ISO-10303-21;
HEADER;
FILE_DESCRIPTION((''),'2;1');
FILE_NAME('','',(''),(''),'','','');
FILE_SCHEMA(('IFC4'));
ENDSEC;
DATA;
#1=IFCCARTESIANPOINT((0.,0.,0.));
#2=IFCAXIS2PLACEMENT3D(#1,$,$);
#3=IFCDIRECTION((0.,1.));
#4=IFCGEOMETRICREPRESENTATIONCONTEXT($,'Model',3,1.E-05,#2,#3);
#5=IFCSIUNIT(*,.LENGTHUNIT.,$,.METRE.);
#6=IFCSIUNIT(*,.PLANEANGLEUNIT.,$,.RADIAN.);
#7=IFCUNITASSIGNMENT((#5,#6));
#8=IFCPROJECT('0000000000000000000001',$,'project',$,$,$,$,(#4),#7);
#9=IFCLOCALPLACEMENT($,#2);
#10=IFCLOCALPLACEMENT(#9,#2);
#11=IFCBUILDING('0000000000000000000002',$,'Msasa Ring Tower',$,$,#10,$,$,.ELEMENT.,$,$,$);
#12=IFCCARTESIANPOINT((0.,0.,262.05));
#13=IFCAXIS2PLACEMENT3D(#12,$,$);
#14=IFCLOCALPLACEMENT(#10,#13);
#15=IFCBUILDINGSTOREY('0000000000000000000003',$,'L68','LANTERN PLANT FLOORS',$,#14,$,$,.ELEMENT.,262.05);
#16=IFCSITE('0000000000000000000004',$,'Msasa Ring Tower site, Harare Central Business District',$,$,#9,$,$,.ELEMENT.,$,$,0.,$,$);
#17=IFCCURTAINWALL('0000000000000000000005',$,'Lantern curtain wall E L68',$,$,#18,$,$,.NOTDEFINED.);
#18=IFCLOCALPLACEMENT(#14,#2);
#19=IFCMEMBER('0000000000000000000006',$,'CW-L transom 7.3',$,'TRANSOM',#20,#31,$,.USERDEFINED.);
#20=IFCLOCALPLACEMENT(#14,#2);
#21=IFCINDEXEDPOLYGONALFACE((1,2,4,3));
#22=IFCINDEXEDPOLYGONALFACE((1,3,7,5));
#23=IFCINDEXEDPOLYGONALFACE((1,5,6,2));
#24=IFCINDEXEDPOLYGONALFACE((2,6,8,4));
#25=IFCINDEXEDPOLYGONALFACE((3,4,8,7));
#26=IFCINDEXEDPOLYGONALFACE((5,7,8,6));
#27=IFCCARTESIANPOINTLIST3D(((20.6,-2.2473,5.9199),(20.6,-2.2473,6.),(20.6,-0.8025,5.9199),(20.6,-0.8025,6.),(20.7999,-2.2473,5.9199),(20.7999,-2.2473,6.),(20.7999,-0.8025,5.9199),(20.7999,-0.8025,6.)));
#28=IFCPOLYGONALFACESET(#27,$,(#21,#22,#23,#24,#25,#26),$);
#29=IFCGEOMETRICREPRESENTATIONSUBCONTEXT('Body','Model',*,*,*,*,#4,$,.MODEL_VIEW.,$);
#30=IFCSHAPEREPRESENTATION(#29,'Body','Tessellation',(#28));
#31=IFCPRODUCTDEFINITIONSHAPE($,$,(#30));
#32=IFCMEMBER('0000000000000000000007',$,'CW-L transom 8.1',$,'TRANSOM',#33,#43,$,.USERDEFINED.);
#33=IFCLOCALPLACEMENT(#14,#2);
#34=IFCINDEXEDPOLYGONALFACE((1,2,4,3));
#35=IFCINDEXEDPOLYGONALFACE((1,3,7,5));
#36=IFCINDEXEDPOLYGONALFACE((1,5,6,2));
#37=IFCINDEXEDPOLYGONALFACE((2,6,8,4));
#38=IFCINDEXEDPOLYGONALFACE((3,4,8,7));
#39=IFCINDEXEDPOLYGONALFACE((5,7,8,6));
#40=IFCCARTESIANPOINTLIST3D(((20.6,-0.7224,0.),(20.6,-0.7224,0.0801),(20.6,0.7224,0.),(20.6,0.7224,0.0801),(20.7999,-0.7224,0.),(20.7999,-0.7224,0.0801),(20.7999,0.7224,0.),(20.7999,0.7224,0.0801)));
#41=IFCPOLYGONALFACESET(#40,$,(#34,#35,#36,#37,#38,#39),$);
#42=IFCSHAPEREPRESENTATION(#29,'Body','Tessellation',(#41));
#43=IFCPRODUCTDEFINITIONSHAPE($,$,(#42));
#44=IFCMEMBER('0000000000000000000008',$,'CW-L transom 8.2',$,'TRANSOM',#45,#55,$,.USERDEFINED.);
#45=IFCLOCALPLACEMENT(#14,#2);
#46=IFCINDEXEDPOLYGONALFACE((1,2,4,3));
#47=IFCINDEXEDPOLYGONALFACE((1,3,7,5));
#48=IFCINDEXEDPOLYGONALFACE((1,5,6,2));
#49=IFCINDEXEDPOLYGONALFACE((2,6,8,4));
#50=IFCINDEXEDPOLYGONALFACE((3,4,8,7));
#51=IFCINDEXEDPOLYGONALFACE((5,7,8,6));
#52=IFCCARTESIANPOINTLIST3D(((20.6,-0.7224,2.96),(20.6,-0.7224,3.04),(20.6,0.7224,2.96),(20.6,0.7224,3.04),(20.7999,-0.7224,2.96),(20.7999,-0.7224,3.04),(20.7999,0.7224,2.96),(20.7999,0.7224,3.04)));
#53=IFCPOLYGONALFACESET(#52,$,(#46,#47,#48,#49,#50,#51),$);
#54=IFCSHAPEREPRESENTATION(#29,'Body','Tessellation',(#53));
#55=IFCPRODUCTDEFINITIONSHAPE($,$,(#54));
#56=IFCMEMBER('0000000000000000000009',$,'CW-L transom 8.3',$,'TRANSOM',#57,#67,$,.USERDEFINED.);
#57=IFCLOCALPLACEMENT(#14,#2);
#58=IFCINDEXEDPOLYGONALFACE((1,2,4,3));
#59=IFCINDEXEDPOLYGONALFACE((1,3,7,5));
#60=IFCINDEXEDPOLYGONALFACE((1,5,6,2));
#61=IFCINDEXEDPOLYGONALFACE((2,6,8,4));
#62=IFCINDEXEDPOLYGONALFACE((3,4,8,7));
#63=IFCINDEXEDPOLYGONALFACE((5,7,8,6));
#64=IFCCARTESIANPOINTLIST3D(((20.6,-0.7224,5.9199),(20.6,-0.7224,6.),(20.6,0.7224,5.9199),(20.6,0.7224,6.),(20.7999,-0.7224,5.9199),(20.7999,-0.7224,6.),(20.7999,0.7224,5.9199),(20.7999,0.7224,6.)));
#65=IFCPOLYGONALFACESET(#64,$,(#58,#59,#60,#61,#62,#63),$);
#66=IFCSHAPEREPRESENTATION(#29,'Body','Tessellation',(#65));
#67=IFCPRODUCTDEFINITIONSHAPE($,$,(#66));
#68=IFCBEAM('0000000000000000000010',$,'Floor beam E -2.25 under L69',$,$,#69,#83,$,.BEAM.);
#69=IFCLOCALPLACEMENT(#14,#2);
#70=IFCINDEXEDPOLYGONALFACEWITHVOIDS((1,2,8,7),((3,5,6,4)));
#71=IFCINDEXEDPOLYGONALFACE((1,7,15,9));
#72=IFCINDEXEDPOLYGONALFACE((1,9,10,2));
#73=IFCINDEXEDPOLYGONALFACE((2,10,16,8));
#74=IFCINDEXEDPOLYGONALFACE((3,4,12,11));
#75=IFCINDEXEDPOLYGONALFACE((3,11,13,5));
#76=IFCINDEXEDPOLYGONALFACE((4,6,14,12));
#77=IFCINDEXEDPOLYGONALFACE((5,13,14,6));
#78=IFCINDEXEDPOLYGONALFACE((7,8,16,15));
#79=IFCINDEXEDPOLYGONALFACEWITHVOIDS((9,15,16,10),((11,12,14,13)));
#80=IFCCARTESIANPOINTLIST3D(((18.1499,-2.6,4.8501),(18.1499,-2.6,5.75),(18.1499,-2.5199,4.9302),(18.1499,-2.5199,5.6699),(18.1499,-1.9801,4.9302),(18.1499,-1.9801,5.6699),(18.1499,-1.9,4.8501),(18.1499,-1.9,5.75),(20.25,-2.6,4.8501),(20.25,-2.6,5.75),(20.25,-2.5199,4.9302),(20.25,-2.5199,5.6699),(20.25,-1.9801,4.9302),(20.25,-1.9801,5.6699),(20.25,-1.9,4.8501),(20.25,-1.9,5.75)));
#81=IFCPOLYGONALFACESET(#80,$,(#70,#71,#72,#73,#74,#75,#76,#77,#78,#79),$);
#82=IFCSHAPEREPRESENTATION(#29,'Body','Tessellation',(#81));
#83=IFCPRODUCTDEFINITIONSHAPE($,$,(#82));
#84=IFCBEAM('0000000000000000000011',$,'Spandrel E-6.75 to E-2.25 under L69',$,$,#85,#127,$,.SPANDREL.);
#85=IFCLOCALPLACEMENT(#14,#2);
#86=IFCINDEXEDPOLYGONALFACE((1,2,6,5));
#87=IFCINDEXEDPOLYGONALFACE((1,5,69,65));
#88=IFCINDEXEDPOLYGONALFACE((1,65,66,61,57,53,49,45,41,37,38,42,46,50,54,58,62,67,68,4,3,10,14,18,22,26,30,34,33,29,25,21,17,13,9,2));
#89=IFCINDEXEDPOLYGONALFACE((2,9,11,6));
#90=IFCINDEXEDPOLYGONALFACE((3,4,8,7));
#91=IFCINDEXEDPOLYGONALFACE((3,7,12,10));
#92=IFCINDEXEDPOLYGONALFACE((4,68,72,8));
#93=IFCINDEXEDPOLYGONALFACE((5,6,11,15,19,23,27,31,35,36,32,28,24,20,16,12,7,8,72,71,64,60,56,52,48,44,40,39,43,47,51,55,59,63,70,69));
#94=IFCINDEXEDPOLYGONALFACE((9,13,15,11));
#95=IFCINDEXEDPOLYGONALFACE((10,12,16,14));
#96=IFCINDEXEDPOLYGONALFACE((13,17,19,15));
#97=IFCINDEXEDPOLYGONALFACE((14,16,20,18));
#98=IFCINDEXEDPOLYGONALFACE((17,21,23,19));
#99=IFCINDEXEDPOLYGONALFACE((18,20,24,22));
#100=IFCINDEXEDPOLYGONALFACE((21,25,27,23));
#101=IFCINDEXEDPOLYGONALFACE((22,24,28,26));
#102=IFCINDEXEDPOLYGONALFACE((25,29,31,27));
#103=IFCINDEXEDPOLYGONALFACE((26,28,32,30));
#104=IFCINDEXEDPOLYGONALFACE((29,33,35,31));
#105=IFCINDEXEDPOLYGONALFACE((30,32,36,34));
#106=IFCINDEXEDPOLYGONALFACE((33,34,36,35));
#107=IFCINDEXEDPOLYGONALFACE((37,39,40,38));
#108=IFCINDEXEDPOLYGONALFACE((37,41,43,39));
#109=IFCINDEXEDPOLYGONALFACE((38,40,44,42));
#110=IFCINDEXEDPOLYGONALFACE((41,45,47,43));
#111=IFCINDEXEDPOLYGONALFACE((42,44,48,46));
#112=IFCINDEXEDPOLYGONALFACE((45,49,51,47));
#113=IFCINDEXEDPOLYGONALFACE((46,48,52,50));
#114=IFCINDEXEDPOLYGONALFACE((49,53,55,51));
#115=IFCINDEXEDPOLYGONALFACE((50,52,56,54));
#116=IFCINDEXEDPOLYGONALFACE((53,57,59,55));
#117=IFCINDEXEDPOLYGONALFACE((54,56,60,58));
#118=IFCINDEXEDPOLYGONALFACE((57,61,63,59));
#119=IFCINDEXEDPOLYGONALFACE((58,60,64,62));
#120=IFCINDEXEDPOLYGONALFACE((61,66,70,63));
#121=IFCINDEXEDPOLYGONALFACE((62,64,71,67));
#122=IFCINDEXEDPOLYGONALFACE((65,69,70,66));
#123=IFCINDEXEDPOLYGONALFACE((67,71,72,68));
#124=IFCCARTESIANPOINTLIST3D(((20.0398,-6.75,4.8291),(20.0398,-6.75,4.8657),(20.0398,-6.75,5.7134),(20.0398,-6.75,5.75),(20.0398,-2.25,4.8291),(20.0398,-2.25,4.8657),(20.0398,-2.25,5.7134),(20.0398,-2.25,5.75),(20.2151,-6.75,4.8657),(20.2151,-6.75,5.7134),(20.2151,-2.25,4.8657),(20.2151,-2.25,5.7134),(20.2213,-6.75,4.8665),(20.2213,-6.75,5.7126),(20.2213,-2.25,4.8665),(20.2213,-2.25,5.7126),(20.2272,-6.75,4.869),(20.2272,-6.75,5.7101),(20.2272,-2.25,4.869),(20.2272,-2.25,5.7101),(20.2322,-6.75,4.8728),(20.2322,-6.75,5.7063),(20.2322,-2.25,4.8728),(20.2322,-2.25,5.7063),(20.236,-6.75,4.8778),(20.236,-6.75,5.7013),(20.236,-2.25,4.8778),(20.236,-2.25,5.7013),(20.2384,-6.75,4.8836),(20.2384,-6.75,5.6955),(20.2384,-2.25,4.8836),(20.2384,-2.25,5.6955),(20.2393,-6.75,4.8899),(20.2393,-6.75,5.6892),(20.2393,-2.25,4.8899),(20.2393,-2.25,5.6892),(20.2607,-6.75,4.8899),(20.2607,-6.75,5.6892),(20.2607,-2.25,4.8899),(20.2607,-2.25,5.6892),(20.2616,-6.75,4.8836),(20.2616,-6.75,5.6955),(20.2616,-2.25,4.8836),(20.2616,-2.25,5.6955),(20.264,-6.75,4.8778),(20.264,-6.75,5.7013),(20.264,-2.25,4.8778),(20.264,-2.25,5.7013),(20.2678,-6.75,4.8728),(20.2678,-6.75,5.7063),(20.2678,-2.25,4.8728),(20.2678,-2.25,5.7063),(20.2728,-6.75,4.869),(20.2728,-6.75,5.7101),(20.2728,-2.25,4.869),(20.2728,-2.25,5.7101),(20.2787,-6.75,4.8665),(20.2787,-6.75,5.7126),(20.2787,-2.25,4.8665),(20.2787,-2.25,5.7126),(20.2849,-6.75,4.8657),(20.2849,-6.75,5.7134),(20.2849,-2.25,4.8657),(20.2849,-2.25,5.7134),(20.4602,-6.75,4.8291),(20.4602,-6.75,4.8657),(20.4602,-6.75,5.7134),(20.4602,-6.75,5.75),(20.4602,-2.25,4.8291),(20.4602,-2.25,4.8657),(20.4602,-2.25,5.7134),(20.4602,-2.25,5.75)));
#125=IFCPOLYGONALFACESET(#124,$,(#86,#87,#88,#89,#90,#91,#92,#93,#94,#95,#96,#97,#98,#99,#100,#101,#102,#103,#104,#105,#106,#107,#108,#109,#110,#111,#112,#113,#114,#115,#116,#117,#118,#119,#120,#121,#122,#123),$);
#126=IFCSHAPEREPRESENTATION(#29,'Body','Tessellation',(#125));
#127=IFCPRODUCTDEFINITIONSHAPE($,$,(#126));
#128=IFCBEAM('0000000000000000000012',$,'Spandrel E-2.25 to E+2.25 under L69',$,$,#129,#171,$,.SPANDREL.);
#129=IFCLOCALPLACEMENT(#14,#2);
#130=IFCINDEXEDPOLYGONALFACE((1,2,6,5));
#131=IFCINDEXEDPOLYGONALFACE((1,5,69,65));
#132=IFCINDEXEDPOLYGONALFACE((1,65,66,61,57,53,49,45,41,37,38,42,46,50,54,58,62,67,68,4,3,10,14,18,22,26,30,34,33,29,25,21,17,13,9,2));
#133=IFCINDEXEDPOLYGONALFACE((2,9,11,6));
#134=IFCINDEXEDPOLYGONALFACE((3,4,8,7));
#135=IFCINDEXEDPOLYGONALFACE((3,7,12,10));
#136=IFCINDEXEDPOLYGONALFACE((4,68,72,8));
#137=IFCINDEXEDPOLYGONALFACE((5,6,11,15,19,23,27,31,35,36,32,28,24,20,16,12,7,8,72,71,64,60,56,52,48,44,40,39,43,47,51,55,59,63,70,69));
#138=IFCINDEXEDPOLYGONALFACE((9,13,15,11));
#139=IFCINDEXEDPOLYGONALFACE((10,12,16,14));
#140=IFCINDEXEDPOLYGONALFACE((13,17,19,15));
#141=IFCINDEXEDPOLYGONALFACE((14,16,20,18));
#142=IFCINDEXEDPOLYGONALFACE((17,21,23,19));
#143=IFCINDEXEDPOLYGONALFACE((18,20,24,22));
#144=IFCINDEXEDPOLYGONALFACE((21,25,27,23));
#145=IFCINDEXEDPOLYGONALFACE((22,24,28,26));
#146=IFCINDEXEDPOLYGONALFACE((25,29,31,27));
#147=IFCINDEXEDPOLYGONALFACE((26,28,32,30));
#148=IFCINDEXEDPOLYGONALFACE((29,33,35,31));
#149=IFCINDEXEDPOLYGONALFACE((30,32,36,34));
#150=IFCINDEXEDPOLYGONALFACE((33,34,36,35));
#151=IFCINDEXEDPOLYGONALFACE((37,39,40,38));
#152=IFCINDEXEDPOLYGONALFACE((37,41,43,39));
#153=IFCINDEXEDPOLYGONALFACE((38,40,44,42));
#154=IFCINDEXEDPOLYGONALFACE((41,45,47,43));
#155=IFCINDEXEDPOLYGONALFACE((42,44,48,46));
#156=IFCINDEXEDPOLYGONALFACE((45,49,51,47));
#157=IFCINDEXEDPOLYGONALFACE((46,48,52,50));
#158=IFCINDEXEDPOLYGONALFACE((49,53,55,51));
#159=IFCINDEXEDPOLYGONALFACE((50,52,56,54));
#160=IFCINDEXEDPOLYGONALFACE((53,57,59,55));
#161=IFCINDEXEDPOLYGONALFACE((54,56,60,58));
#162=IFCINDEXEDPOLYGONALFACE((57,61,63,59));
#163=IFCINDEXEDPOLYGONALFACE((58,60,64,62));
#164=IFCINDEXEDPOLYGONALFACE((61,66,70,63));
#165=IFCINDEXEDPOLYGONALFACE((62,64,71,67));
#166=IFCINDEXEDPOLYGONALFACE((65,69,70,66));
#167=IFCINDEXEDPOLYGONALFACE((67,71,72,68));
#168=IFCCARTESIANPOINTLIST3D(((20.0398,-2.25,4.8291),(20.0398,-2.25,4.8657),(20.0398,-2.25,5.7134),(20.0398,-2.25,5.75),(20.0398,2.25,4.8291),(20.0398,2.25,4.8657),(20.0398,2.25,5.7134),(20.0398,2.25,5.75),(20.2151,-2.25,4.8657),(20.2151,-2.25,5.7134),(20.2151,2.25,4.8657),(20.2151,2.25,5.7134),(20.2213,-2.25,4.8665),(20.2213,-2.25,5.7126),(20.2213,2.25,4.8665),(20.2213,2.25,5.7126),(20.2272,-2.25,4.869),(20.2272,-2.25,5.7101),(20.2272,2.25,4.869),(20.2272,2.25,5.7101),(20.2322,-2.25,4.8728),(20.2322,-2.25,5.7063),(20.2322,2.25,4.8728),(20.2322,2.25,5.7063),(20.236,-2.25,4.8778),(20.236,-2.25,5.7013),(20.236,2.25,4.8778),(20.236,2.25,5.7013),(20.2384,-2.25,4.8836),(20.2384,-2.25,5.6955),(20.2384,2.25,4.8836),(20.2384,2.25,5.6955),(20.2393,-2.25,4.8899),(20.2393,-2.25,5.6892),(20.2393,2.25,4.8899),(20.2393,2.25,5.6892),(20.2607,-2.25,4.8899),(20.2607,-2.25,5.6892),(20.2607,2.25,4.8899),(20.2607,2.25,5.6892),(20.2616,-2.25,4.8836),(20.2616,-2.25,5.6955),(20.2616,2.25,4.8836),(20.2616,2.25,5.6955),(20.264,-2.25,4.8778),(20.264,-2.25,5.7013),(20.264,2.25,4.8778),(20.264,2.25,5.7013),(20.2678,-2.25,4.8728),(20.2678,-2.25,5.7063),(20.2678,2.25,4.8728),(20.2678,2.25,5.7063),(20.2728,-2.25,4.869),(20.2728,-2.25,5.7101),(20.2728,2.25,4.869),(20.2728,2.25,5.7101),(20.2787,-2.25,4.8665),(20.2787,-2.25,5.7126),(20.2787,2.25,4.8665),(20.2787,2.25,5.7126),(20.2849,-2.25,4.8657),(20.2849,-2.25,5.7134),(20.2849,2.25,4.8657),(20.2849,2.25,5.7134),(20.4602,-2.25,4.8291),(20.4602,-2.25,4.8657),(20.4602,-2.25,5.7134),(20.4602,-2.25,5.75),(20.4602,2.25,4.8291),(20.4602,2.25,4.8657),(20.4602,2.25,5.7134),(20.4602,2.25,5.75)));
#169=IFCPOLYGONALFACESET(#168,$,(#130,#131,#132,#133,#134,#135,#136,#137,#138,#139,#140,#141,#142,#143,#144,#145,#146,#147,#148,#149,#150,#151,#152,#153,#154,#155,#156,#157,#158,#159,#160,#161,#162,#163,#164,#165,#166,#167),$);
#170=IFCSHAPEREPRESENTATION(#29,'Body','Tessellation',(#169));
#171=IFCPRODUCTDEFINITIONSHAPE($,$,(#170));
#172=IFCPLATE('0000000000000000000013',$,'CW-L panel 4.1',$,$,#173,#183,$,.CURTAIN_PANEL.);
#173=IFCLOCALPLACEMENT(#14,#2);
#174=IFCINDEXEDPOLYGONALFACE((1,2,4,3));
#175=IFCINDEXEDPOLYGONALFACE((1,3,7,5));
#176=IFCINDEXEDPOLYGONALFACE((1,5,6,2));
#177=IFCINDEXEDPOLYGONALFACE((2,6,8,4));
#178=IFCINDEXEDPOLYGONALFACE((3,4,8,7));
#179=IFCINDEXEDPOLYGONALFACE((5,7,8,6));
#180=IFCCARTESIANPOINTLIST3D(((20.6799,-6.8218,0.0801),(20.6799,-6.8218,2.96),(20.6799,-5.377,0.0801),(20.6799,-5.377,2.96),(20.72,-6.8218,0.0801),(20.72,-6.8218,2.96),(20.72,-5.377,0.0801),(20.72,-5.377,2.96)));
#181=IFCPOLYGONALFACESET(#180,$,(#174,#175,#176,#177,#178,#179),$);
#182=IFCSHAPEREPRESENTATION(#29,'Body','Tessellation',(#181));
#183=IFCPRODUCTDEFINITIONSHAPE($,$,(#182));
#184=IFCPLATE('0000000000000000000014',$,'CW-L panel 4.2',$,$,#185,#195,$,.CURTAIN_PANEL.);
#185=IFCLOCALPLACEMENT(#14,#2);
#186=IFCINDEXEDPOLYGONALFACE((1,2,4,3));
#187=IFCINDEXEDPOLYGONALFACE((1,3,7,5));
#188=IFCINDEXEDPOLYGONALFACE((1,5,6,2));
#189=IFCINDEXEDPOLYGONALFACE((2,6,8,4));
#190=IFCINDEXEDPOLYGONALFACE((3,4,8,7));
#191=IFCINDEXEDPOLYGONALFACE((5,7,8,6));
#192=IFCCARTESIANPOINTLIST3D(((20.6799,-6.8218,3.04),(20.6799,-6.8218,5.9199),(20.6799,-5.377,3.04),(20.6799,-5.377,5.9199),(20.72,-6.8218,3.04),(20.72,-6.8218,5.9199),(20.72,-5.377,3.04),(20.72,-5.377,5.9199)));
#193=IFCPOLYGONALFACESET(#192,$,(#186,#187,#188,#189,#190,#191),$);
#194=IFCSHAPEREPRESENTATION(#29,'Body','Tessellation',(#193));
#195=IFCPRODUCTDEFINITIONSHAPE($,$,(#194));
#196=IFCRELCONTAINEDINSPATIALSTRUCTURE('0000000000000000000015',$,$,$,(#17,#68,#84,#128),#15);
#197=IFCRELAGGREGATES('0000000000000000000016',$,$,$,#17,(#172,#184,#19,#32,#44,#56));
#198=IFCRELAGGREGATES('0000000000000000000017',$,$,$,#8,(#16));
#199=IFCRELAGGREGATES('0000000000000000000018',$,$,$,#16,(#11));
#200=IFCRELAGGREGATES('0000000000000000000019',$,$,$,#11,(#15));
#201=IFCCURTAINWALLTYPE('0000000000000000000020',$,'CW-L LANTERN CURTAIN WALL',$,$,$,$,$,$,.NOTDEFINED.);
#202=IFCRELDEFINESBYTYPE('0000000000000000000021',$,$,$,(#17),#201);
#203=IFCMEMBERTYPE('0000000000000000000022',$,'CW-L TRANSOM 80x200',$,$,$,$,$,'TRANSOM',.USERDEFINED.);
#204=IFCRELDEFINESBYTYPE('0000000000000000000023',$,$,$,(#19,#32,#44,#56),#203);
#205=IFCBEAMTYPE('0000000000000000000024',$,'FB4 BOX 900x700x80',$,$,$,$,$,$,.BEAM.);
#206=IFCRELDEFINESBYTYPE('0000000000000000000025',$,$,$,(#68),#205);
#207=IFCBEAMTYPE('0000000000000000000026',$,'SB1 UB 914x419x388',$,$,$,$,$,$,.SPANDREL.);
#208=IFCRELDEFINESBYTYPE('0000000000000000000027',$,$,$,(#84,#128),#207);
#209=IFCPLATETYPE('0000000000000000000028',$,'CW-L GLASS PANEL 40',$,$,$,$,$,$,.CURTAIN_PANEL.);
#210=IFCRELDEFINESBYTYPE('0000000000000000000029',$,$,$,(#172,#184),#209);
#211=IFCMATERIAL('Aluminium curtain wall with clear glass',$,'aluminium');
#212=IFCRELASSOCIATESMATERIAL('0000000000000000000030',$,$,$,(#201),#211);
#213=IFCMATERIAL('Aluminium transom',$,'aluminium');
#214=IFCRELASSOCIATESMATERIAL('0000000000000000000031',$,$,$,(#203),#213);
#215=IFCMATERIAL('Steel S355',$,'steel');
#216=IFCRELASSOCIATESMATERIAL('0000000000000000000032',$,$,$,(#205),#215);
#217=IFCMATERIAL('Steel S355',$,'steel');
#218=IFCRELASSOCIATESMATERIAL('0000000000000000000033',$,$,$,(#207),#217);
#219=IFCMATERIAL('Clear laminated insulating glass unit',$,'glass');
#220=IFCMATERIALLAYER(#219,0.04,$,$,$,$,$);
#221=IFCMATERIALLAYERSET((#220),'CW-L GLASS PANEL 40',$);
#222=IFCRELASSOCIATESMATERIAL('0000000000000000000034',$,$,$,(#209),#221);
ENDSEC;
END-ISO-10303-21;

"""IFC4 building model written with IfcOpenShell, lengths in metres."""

from ifc_helpers import new_model, si_unit, direction, frame, origin, origin_2d, place, context, subcontext, project, spatial, rectangle, hollow_rectangle, i_section, extrude, material, layer, layer_set, material_profile, profile_set, type_object, element, aggregate, save


model = new_model("IFC4")

# Units and contexts
model_context = context("Model", 3, precision=1e-05, world=origin(), true_north=direction((0.0, 1.0)))
body_context = subcontext(model_context, "Body", "Model", "MODEL_VIEW")
ifc_project = project(units=[si_unit("LENGTHUNIT", "METRE"), si_unit("PLANEANGLEUNIT", "RADIAN")], contexts=[model_context])

# Site, building, storey
site_placement = place(None, origin())
site = spatial("IfcSite", under=ifc_project, at=site_placement, Name="Msasa Ring Tower site, Harare Central Business District", CompositionType="ELEMENT", RefElevation=0.0)
building_placement = place(site_placement, origin())
building = spatial("IfcBuilding", under=site, at=building_placement, Name="Msasa Ring Tower", CompositionType="ELEMENT")
storey_placement = place(building_placement, frame((0.0, 0.0, 262.05)))
storey = spatial("IfcBuildingStorey", under=building, at=storey_placement, Name="L68", Description="LANTERN PLANT FLOORS", CompositionType="ELEMENT", Elevation=262.05)

# Curtain wall, members
ifc_material_1 = material(Name="Aluminium curtain wall with clear glass", Category="aluminium")
curtain_wall_type = type_object("IfcCurtainWallType", Name="CW-L LANTERN CURTAIN WALL", PredefinedType="NOTDEFINED", material=ifc_material_1)
curtain_wall_placement = place(storey_placement, origin())
curtain_wall = element("IfcCurtainWall", 1, at=curtain_wall_placement, inside=storey, type_object=curtain_wall_type, Name="Lantern curtain wall E L68", PredefinedType="NOTDEFINED")
ifc_material_2 = material(Name="Aluminium transom", Category="aluminium")
ifc_material_profile_1 = material_profile(ifc_material_2, rectangle(XDim=0.2, YDim=0.0801, at=origin_2d()), Name="AL 80x200")
ifc_profile_set_1 = profile_set([ifc_material_profile_1], Name="Aluminium transom")
member_type_1 = type_object("IfcMemberType", Name="CW-L TRANSOM 80x200", ElementType="TRANSOM", PredefinedType="USERDEFINED", material=ifc_profile_set_1)
member_1_placement = place(storey_placement, frame((20.7, -2.2473, 5.96), z_axis=(0.0, 1.0, 0.0), x_axis=(-1.0, 0.0, 0.0)))
member_1 = element("IfcMember", 2, at=member_1_placement, type_object=member_type_1, Name="CW-L transom 7.3", ObjectType="TRANSOM", PredefinedType="USERDEFINED", context=body_context, shape_type="SweptSolid", body=[
    extrude(rectangle(XDim=0.2, YDim=0.0801, at=origin_2d()), origin(), (0.0, 0.0, 1.0), 1.4448),
])
member_2_placement = place(storey_placement, frame((20.7, -0.7224, 0.04), z_axis=(0.0, 1.0, 0.0), x_axis=(-1.0, 0.0, 0.0)))
member_2 = element("IfcMember", 3, at=member_2_placement, type_object=member_type_1, Name="CW-L transom 8.1", ObjectType="TRANSOM", PredefinedType="USERDEFINED", context=body_context, shape_type="SweptSolid", body=[
    extrude(rectangle(XDim=0.2, YDim=0.0801, at=origin_2d()), origin(), (0.0, 0.0, 1.0), 1.4448),
])
member_3_placement = place(storey_placement, frame((20.7, -0.7224, 3.0), z_axis=(0.0, 1.0, 0.0), x_axis=(-1.0, 0.0, 0.0)))
member_3 = element("IfcMember", 4, at=member_3_placement, type_object=member_type_1, Name="CW-L transom 8.2", ObjectType="TRANSOM", PredefinedType="USERDEFINED", context=body_context, shape_type="SweptSolid", body=[
    extrude(rectangle(XDim=0.2, YDim=0.0801, at=origin_2d()), origin(), (0.0, 0.0, 1.0), 1.4448),
])
member_4_placement = place(storey_placement, frame((20.7, -0.7224, 5.96), z_axis=(0.0, 1.0, 0.0), x_axis=(-1.0, 0.0, 0.0)))
member_4 = element("IfcMember", 5, at=member_4_placement, type_object=member_type_1, Name="CW-L transom 8.3", ObjectType="TRANSOM", PredefinedType="USERDEFINED", context=body_context, shape_type="SweptSolid", body=[
    extrude(rectangle(XDim=0.2, YDim=0.0801, at=origin_2d()), origin(), (0.0, 0.0, 1.0), 1.4448),
])

# Beams
ifc_material_3 = material(Name="Steel S355", Category="steel")
ifc_material_profile_2 = material_profile(ifc_material_3, hollow_rectangle(XDim=0.7, YDim=0.8999, WallThickness=0.0801, at=origin_2d()), Name="BOX 900x700x80")
ifc_profile_set_2 = profile_set([ifc_material_profile_2], Name="Steel S355")
beam_type_1 = type_object("IfcBeamType", Name="FB4 BOX 900x700x80", PredefinedType="BEAM", material=ifc_profile_set_2)
beam_placement = place(storey_placement, frame((20.25, -2.25, 5.3), z_axis=(-1.0, 0.0, 0.0), x_axis=(0.0, -1.0, 0.0)))
element("IfcBeam", 6, at=beam_placement, inside=storey, type_object=beam_type_1, Name="Floor beam E -2.25 under L69", PredefinedType="BEAM", context=body_context, shape_type="SweptSolid", body=[
    extrude(hollow_rectangle(XDim=0.7, YDim=0.8999, WallThickness=0.0801, at=origin_2d()), origin(), (0.0, 0.0, 1.0), 2.1001),
])
ifc_material_4 = material(Name="Steel S355", Category="steel")
ifc_material_profile_3 = material_profile(ifc_material_4, i_section(OverallWidth=0.4204, OverallDepth=0.9209, WebThickness=0.0215, FlangeThickness=0.0366, FilletRadius=0.0242, at=origin_2d()), Name="UB 914x419x388")
ifc_profile_set_3 = profile_set([ifc_material_profile_3], Name="Steel S355")
beam_type_2 = type_object("IfcBeamType", Name="SB1 UB 914x419x388", PredefinedType="SPANDREL", material=ifc_profile_set_3)
for number, where, z_axis, x_axis, name in (
    (7, (20.25, -6.75, 5.2896), (0.0, 1.0, 0.0), (-1.0, 0.0, 0.0), "Spandrel E-6.75 to E-2.25 under L69"),
    (8, (20.25, -2.25, 5.2896), (0.0, 1.0, 0.0), (-1.0, 0.0, 0.0), "Spandrel E-2.25 to E+2.25 under L69"),
):
    element("IfcBeam", number, at=place(storey_placement, frame(where, z_axis=z_axis, x_axis=x_axis)), inside=storey, type_object=beam_type_2, Name=name, PredefinedType="SPANDREL", context=body_context, shape_type="SweptSolid", body=[
        extrude(i_section(OverallWidth=0.4204, OverallDepth=0.9209, WebThickness=0.0215, FlangeThickness=0.0366, FilletRadius=0.0242, at=origin_2d()), origin(), (0.0, 0.0, 1.0), 4.5),
    ])

# Plates
ifc_material_5 = material(Name="Clear laminated insulating glass unit", Category="glass")
ifc_layer_1 = layer(ifc_material_5, 0.04)
ifc_layer_set_1 = layer_set([ifc_layer_1], Name="CW-L GLASS PANEL 40")
plate_type = type_object("IfcPlateType", Name="CW-L GLASS PANEL 40", PredefinedType="CURTAIN_PANEL", material=ifc_layer_set_1)
plate_1_placement = place(storey_placement, frame((20.7, -6.0994, 0.0801), z_axis=(0.0, 0.0, 1.0), x_axis=(0.0, 1.0, 0.0)))
plate_1 = element("IfcPlate", 9, at=plate_1_placement, type_object=plate_type, Name="CW-L panel 4.1", PredefinedType="CURTAIN_PANEL", context=body_context, shape_type="SweptSolid", body=[
    extrude(rectangle(XDim=1.4448, YDim=0.04, at=origin_2d()), origin(), (0.0, 0.0, 1.0), 2.8799),
])
plate_2_placement = place(storey_placement, frame((20.7, -6.0994, 3.04), z_axis=(0.0, 0.0, 1.0), x_axis=(0.0, 1.0, 0.0)))
plate_2 = element("IfcPlate", 10, at=plate_2_placement, type_object=plate_type, Name="CW-L panel 4.2", PredefinedType="CURTAIN_PANEL", context=body_context, shape_type="SweptSolid", body=[
    extrude(rectangle(XDim=1.4448, YDim=0.04, at=origin_2d()), origin(), (0.0, 0.0, 1.0), 2.8799),
])
aggregate(curtain_wall, [plate_1, plate_2, member_1, member_2, member_3, member_4])

save(model, "model.ifc")
